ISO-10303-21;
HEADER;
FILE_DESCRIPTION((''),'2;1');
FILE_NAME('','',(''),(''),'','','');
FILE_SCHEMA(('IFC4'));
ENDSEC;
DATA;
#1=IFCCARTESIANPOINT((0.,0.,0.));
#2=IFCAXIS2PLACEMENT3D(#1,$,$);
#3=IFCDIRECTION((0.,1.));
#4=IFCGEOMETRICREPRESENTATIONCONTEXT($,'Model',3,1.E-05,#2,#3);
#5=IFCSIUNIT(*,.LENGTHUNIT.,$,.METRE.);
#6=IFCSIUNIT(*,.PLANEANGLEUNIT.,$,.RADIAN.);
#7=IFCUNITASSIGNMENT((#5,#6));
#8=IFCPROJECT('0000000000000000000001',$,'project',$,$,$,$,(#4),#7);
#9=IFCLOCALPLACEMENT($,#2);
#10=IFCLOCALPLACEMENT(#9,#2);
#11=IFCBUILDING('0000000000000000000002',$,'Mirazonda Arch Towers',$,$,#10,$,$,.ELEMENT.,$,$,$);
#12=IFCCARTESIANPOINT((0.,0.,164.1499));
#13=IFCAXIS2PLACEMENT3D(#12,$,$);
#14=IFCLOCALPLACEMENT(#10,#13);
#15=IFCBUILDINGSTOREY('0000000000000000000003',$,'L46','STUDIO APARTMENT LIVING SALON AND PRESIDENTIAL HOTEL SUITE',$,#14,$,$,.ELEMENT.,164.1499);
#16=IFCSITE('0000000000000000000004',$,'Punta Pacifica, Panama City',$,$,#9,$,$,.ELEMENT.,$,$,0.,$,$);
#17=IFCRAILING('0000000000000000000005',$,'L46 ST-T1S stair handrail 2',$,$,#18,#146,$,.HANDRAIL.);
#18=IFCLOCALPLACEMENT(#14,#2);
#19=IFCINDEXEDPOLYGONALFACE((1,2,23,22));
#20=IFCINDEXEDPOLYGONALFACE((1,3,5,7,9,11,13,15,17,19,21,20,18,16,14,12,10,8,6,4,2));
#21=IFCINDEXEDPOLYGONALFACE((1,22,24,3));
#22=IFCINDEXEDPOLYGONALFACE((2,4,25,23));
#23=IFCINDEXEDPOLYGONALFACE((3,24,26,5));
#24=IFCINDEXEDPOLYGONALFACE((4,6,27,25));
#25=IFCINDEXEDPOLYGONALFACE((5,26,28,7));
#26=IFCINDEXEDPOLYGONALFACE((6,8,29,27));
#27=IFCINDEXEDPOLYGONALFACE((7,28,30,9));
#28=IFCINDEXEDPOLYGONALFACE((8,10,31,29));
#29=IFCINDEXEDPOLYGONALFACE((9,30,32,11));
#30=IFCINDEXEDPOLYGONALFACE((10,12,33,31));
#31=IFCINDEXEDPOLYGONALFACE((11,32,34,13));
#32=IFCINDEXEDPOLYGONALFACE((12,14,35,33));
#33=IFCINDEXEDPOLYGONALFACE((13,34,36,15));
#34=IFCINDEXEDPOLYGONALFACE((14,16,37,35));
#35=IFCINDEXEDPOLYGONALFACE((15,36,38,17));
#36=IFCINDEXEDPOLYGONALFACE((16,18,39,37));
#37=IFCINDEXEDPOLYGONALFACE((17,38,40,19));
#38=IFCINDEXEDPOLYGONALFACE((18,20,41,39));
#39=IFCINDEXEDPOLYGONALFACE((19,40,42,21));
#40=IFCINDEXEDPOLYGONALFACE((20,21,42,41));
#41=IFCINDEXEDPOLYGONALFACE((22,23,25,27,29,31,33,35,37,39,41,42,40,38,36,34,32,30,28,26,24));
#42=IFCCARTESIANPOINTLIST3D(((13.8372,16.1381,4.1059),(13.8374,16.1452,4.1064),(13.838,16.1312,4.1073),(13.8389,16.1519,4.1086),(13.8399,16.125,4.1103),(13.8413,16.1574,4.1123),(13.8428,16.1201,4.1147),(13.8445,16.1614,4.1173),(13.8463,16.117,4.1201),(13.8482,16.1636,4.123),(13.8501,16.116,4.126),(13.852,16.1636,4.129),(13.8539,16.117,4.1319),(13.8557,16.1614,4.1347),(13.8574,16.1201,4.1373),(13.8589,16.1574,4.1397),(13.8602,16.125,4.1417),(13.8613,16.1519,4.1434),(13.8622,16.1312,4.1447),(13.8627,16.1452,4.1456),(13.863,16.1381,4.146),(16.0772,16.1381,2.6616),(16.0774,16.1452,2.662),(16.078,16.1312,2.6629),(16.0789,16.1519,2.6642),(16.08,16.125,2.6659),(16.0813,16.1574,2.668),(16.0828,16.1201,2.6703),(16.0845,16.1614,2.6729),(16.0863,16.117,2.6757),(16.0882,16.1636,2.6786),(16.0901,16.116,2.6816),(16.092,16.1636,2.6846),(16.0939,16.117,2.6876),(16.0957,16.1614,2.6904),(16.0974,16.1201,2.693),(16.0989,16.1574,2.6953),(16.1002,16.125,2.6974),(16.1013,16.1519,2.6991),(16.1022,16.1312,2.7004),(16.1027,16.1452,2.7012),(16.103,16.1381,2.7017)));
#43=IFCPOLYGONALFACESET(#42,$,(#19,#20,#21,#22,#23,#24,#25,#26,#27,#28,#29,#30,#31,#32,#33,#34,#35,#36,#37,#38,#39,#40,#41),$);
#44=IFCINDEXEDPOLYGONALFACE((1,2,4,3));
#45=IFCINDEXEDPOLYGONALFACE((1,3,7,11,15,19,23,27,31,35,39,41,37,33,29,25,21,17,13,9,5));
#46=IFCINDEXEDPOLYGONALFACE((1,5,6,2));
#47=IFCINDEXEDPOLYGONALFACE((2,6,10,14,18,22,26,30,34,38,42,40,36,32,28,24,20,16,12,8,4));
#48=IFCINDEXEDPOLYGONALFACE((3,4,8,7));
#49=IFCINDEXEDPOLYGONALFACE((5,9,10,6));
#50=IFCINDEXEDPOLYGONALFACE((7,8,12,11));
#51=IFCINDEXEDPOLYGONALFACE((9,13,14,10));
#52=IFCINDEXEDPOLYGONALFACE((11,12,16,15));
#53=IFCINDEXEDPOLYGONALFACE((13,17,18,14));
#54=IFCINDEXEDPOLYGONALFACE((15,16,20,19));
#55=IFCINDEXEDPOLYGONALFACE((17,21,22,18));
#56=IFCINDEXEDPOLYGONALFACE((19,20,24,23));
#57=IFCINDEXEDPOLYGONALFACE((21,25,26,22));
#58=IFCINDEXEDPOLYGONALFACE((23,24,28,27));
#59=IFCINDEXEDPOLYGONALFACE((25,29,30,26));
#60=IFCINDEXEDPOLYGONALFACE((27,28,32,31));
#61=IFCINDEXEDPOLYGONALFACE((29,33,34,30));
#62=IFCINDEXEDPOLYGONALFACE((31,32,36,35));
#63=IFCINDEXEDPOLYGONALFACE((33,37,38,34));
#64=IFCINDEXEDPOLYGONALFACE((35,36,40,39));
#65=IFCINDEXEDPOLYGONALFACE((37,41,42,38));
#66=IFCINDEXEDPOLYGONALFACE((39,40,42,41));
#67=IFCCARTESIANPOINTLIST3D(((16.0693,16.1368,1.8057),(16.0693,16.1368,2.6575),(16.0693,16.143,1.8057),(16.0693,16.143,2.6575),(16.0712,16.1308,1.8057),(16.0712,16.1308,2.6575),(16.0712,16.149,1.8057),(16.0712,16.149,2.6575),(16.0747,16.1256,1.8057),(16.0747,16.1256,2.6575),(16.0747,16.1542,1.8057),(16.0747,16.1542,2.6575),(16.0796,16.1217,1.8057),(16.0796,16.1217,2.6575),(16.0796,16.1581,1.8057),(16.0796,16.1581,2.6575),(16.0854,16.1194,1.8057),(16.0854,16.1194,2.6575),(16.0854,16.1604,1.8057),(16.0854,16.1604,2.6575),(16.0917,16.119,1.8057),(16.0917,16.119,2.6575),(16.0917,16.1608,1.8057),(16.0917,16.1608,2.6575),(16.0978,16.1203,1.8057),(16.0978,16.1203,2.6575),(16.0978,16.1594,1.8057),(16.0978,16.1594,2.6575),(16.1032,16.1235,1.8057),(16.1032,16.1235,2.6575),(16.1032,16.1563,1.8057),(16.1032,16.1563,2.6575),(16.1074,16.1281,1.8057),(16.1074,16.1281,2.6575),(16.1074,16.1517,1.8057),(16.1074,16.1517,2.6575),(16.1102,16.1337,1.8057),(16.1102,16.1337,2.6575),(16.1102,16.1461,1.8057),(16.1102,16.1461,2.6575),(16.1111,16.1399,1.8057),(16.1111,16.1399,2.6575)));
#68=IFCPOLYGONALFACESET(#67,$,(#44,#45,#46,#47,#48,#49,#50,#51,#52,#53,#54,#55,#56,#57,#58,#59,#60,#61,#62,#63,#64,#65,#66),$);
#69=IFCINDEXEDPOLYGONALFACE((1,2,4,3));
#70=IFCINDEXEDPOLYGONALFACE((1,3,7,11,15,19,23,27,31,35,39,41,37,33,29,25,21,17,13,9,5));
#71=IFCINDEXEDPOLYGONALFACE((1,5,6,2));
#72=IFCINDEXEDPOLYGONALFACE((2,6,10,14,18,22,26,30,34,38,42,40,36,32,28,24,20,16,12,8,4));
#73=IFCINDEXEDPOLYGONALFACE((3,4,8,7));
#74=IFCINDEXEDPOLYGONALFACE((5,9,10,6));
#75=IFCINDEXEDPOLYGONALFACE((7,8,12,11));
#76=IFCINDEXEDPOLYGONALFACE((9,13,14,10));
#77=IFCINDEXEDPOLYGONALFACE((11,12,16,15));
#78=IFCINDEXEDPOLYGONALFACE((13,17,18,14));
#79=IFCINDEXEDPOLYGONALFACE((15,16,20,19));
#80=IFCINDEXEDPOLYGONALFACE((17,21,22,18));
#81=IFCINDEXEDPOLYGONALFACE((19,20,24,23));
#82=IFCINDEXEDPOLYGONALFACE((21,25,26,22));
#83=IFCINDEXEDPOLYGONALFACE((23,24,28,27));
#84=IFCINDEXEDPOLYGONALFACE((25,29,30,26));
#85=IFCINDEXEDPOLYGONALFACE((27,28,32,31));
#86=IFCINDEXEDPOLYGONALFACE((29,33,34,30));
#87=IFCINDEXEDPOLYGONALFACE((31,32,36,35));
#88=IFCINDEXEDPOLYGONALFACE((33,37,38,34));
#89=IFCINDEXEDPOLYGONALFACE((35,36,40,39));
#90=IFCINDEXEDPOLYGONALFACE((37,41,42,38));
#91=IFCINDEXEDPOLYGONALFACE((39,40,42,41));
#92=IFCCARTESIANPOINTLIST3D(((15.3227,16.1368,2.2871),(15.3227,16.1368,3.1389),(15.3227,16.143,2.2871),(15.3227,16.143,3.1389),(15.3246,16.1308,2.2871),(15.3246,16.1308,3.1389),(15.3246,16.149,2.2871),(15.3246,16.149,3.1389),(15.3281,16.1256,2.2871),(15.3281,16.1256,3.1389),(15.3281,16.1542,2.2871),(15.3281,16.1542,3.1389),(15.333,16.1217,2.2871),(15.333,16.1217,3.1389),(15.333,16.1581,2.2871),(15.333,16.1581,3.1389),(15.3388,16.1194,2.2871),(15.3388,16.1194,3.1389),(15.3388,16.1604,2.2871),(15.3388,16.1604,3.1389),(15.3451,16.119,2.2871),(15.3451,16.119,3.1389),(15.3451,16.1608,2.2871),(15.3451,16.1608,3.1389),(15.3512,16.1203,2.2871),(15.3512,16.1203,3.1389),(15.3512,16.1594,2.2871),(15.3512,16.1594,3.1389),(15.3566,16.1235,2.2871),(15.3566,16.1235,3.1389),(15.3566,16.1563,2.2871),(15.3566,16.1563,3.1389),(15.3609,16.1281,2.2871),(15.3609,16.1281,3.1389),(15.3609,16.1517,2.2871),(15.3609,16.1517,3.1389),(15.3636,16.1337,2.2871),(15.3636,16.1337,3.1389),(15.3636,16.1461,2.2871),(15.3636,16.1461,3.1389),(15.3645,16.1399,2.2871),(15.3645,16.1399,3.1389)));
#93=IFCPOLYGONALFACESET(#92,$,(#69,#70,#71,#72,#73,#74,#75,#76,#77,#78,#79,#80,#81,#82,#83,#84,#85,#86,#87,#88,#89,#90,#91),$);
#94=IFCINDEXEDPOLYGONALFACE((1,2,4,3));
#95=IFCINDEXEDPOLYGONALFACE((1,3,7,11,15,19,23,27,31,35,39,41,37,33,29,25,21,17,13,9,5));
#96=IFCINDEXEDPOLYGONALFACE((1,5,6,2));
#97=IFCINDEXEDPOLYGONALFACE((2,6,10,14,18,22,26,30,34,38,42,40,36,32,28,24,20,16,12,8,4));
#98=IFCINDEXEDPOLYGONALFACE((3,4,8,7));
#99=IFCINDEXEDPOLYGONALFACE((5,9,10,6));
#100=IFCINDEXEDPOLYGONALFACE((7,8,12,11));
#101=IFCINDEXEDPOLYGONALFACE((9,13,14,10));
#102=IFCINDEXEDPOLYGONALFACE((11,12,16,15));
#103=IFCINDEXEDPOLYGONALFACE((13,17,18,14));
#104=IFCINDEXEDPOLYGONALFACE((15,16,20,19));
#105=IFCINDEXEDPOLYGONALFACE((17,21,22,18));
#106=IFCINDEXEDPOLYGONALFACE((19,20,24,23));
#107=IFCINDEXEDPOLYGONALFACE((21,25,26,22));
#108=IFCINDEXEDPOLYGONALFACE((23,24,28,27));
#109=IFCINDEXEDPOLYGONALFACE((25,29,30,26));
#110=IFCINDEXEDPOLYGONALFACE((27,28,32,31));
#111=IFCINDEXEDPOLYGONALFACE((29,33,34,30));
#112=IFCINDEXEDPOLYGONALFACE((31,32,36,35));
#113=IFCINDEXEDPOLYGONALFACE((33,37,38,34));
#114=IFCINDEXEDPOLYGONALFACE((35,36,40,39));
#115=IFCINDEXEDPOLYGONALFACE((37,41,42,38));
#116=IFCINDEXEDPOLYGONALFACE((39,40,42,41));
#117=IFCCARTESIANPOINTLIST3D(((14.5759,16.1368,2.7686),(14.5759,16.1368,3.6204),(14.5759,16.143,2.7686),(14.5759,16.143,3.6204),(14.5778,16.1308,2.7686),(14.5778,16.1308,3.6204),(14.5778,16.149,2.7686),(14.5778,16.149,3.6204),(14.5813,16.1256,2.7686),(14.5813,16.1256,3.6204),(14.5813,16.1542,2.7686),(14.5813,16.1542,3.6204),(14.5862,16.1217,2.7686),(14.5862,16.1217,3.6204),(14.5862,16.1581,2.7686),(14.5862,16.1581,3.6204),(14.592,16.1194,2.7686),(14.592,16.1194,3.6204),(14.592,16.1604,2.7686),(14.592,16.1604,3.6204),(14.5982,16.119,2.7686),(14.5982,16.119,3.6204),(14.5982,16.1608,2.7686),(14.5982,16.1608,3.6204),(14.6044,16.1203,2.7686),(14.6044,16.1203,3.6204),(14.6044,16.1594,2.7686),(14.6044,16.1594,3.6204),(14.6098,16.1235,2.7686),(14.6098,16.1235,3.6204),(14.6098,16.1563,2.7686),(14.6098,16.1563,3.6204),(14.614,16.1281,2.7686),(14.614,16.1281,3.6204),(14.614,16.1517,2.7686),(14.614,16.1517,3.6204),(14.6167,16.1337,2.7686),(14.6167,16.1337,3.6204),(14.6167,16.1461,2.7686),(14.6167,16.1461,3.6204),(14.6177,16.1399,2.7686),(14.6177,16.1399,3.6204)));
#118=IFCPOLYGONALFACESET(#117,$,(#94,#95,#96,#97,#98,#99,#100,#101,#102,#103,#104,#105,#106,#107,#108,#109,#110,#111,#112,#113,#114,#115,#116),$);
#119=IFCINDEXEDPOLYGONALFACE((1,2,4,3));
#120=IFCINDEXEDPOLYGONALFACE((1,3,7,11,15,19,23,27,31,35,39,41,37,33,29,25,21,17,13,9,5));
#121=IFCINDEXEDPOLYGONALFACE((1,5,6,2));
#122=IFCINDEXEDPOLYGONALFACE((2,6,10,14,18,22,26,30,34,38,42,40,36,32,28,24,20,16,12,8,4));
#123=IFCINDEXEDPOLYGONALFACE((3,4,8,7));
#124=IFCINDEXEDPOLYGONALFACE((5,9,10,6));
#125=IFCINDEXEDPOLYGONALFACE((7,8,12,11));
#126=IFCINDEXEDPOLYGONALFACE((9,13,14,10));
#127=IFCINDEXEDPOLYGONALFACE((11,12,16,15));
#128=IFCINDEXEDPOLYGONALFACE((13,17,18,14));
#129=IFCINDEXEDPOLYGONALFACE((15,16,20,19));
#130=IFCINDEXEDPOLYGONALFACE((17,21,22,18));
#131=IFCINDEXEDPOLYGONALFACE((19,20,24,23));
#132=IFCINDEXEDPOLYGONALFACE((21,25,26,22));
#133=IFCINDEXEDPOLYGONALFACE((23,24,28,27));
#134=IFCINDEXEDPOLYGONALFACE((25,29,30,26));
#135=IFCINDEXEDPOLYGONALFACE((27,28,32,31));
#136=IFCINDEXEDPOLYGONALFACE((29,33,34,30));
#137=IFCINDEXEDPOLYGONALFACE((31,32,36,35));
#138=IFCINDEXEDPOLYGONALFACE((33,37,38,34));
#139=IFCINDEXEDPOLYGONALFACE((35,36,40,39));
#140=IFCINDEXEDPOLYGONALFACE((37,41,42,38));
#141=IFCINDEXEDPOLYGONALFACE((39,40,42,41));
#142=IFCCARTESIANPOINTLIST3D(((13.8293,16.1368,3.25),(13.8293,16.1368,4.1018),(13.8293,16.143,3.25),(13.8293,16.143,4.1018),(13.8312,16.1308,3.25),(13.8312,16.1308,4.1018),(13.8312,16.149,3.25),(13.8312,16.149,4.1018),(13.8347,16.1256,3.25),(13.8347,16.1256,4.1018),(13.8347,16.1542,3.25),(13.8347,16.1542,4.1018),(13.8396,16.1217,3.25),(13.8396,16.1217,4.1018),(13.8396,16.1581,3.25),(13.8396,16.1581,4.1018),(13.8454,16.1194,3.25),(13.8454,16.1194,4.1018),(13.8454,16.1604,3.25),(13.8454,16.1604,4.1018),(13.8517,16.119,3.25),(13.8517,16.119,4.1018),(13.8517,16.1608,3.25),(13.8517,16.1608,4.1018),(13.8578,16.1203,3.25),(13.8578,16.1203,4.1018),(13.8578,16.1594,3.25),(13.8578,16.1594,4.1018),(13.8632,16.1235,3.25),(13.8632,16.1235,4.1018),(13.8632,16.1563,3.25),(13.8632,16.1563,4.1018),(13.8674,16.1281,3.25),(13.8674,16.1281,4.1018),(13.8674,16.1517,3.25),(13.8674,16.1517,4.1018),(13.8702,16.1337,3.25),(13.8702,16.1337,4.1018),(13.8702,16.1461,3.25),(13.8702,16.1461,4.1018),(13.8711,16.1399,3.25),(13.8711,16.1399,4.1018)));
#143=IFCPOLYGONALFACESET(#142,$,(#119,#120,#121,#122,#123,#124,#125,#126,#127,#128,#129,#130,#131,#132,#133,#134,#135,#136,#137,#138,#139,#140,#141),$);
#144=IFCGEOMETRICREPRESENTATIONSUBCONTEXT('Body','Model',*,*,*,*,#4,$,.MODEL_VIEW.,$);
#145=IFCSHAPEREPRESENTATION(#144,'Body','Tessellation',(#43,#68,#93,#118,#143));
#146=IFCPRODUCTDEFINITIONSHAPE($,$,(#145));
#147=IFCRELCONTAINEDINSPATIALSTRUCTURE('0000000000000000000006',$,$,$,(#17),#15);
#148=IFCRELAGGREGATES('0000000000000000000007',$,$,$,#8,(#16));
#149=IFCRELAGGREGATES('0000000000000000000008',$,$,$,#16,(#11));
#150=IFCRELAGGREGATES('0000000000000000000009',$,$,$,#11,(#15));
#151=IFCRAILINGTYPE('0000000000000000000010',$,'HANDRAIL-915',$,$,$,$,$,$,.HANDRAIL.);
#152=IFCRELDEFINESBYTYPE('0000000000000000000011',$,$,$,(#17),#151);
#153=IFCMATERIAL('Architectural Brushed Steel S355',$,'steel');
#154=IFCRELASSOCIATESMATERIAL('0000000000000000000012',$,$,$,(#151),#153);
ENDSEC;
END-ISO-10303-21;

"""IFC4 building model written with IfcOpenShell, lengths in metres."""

from ifc_helpers import new_model, si_unit, direction, frame, origin, origin_2d, place, context, subcontext, project, spatial, circle, extrude, material, type_object, element, save


model = new_model("IFC4")

# Units and contexts
model_context = context("Model", 3, precision=1e-05, world=origin(), true_north=direction((0.0, 1.0)))
body_context = subcontext(model_context, "Body", "Model", "MODEL_VIEW")
ifc_project = project(units=[si_unit("LENGTHUNIT", "METRE"), si_unit("PLANEANGLEUNIT", "RADIAN")], contexts=[model_context])

# Site, building, storey
site_placement = place(None, origin())
site = spatial("IfcSite", under=ifc_project, at=site_placement, Name="Punta Pacifica, Panama City", CompositionType="ELEMENT", RefElevation=0.0)
building_placement = place(site_placement, origin())
building = spatial("IfcBuilding", under=site, at=building_placement, Name="Mirazonda Arch Towers", CompositionType="ELEMENT")
storey_placement = place(building_placement, frame((0.0, 0.0, 164.1499)))
storey = spatial("IfcBuildingStorey", under=building, at=storey_placement, Name="L46", Description="STUDIO APARTMENT LIVING SALON AND PRESIDENTIAL HOTEL SUITE", CompositionType="ELEMENT", Elevation=164.1499)

# Railing
ifc_material_1 = material(Name="Architectural Brushed Steel S355", Category="steel")
railing_type_1 = type_object("IfcRailingType", Name="HANDRAIL-915", PredefinedType="HANDRAIL", material=ifc_material_1)
railing_1_placement = place(storey_placement, frame((16.0901, 16.1399, 1.8057)))
element("IfcRailing", 1, at=railing_1_placement, inside=storey, type_object=railing_type_1, Name="L46 ST-T1S stair handrail 2", PredefinedType="HANDRAIL", context=body_context, shape_type="SweptSolid", body=[
    extrude(circle(Radius=0.0239, at=origin_2d()), frame((0.0, 0.0, 0.876), z_axis=(-0.840437, 0.0, 0.54191), x_axis=(0.0, -1.0, 0.0)), (0.0, 0.0, 1.0), 2.6653),
    extrude(circle(Radius=0.021, at=origin_2d()), origin(), (0.0, 0.0, 1.0), 0.8518),
    extrude(circle(Radius=0.021, at=origin_2d()), frame((-0.7466, 0.0, 0.4814)), (0.0, 0.0, 1.0), 0.8518),
    extrude(circle(Radius=0.021, at=origin_2d()), frame((-1.4934, 0.0, 0.9629)), (0.0, 0.0, 1.0), 0.8518),
    extrude(circle(Radius=0.021, at=origin_2d()), frame((-2.24, 0.0, 1.4443)), (0.0, 0.0, 1.0), 0.8518),
])

save(model, "model.ifc")
